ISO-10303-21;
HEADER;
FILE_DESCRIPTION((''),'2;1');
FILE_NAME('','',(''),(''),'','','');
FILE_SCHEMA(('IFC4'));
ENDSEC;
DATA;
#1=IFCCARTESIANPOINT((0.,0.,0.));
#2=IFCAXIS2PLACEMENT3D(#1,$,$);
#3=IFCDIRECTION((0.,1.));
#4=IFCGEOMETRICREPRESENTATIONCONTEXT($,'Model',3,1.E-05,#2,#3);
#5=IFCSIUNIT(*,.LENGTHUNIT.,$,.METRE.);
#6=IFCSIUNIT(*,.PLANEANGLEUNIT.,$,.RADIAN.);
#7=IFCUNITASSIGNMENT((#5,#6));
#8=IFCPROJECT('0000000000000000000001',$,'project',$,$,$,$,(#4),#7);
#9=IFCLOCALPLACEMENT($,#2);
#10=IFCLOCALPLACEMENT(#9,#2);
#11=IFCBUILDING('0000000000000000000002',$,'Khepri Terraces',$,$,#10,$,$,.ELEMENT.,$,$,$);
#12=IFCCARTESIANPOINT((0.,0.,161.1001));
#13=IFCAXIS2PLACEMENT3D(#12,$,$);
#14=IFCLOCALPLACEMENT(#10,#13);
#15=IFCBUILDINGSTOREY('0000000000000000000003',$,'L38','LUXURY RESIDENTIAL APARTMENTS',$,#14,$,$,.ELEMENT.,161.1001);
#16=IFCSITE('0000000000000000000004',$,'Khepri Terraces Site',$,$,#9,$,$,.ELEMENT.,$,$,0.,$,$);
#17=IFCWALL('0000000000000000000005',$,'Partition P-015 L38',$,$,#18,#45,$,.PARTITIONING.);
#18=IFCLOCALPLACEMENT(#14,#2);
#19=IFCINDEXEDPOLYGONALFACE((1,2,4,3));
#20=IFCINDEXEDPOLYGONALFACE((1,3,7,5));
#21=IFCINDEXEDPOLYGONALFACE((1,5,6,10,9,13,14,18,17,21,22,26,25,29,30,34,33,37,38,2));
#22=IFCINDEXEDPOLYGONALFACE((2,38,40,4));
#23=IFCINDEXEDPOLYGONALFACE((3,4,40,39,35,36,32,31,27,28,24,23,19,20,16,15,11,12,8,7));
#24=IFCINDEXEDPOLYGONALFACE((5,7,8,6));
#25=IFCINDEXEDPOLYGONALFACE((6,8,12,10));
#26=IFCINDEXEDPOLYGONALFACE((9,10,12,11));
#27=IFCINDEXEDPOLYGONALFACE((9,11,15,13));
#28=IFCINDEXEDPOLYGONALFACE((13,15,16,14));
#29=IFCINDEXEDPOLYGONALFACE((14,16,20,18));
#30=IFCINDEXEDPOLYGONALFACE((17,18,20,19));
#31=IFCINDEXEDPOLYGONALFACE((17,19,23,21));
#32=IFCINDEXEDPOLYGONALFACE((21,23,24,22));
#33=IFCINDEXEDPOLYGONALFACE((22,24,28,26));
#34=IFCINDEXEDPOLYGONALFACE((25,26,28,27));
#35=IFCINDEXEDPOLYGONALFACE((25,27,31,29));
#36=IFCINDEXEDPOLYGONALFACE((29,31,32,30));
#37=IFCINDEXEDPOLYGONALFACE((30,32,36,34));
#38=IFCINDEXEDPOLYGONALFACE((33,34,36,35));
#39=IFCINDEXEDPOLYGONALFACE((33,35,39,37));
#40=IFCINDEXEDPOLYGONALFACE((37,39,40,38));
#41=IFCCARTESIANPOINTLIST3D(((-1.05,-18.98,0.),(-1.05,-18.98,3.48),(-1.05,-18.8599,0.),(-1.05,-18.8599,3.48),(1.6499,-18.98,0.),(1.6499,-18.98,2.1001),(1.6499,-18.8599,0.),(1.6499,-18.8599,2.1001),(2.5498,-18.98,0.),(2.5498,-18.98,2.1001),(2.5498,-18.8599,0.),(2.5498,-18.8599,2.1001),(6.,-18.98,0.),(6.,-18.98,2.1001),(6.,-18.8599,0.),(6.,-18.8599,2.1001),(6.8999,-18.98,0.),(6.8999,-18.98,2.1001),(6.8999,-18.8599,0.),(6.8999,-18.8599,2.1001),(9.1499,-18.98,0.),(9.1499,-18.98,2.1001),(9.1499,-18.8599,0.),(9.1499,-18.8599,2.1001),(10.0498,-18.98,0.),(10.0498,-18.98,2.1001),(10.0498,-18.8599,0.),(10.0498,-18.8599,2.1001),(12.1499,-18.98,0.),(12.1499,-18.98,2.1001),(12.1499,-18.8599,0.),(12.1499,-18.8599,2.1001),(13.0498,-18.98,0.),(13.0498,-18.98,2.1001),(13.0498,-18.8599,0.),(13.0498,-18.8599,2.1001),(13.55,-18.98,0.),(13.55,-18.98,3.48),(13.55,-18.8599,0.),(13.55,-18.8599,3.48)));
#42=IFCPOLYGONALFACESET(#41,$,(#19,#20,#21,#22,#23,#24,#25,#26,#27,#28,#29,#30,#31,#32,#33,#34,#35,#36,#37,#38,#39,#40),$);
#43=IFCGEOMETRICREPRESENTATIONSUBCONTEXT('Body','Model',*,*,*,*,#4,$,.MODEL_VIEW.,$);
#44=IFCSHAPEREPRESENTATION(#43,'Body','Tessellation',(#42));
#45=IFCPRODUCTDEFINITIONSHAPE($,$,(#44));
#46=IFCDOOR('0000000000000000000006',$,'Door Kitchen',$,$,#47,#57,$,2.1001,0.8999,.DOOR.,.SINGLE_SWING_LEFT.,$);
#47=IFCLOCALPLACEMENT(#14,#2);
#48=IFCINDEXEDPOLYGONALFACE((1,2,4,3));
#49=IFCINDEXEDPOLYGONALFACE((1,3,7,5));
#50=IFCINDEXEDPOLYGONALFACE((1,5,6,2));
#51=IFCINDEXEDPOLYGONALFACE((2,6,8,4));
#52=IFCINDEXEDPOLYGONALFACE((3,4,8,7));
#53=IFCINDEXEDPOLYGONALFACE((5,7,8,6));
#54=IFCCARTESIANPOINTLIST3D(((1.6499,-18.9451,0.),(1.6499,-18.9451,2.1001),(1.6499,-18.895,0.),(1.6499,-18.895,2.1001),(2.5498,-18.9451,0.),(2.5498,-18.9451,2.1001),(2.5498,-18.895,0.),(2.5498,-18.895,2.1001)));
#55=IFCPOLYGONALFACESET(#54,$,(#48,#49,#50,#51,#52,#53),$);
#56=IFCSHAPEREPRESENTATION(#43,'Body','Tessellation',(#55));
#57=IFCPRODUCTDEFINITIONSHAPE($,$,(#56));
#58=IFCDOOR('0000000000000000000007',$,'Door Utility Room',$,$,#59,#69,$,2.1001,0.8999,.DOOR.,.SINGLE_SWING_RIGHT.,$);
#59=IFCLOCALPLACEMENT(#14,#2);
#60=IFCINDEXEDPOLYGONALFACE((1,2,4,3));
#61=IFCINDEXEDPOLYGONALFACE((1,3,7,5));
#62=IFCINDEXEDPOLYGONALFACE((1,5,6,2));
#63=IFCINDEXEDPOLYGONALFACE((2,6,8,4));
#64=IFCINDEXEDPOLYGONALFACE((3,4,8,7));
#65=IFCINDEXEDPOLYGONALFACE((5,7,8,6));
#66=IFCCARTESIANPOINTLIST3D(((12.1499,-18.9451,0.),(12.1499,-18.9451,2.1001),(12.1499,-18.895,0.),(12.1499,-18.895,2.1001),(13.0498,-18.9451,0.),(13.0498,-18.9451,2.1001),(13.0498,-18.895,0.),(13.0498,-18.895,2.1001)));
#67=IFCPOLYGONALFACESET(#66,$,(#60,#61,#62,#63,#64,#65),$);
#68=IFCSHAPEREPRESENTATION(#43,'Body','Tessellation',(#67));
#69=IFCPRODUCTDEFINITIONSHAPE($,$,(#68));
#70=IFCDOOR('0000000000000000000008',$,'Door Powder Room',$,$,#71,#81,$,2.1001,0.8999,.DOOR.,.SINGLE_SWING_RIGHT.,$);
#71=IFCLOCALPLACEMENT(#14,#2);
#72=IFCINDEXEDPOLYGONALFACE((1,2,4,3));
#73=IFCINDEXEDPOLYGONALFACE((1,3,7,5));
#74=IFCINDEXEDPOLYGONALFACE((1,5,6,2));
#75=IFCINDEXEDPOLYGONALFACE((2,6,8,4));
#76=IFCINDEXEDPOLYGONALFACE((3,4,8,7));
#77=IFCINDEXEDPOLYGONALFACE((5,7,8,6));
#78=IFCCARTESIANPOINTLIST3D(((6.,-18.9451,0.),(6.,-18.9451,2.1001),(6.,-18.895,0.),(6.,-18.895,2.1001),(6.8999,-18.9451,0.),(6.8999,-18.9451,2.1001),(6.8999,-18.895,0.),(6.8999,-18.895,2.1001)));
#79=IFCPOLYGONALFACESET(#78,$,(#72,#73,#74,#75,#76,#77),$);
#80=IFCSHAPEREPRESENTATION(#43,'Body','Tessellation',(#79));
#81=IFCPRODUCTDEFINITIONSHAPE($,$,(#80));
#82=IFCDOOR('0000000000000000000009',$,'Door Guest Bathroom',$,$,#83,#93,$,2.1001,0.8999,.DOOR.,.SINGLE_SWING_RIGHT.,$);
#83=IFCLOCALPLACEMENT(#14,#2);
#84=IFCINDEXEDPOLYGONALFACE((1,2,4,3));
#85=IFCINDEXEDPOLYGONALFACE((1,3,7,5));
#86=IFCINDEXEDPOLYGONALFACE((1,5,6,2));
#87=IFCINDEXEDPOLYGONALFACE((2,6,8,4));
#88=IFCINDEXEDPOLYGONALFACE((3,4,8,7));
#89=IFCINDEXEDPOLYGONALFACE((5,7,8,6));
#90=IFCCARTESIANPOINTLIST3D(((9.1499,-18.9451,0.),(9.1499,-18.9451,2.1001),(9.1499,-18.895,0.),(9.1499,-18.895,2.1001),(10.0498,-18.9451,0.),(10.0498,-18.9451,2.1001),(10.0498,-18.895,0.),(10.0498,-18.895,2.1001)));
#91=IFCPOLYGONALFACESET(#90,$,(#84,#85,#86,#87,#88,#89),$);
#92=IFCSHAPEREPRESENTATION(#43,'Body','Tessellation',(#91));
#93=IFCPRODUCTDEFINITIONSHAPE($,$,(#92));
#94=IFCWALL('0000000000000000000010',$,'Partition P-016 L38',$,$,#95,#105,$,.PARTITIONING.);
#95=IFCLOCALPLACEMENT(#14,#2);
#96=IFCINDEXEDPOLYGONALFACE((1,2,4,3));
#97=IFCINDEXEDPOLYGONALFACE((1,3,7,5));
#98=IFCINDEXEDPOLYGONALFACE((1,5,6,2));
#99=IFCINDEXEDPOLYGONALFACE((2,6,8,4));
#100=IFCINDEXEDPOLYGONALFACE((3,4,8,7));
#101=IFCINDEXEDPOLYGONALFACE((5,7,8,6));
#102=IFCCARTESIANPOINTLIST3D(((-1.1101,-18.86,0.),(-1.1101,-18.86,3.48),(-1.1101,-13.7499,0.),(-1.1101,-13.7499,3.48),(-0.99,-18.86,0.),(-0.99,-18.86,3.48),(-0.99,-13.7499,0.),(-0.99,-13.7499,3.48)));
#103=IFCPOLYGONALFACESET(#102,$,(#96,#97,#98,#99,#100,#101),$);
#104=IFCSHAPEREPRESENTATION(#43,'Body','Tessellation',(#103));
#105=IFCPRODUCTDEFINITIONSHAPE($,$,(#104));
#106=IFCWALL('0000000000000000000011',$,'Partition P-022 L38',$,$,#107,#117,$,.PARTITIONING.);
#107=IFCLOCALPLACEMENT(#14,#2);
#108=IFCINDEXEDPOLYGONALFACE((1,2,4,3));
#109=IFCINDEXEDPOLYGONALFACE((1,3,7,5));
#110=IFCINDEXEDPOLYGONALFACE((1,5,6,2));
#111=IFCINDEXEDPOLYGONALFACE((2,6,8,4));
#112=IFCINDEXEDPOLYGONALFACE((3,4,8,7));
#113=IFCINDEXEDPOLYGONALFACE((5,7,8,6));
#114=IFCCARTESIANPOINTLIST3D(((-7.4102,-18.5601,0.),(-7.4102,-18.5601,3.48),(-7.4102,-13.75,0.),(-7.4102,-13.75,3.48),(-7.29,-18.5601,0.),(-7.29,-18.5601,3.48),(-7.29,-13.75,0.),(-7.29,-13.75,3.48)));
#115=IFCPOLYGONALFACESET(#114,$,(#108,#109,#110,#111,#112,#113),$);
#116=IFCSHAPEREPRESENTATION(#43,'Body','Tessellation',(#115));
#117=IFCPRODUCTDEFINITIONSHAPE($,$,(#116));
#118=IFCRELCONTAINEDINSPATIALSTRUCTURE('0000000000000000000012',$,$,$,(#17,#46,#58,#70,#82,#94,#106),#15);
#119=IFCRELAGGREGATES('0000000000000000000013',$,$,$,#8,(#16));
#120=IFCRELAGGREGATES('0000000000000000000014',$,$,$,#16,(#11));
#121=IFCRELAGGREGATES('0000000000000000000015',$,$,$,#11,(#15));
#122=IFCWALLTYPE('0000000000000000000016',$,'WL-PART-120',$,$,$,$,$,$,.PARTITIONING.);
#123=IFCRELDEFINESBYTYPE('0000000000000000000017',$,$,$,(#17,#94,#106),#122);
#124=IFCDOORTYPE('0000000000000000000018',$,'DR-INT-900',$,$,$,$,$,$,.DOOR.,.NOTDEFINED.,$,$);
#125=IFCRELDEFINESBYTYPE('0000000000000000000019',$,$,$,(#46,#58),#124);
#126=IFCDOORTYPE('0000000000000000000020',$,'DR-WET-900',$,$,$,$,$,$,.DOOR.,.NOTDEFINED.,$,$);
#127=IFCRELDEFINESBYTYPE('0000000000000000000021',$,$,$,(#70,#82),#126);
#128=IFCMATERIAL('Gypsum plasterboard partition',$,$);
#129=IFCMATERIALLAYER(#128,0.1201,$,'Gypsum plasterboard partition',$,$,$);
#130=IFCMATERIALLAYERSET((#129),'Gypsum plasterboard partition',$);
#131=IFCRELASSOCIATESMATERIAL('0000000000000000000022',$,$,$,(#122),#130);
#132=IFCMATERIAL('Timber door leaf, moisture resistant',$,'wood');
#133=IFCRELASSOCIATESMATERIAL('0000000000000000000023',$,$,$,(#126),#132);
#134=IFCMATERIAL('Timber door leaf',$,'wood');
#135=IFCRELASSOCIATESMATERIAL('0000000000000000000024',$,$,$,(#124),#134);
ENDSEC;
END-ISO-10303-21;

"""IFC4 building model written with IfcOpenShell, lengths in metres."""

from ifc_helpers import new_model, si_unit, direction, frame, frame_2d, origin, place, context, subcontext, project, spatial, rectangle, extrude, material, layer, layer_set, type_object, element, fill, save


model = new_model("IFC4")

# Units and contexts
model_context = context("Model", 3, precision=1e-05, world=origin(), true_north=direction((0.0, 1.0)))
body_context = subcontext(model_context, "Body", "Model", "MODEL_VIEW")
ifc_project = project(units=[si_unit("LENGTHUNIT", "METRE"), si_unit("PLANEANGLEUNIT", "RADIAN")], contexts=[model_context])

# Site, building, storey
site_placement = place(None, origin())
site = spatial("IfcSite", under=ifc_project, at=site_placement, Name="Khepri Terraces Site", CompositionType="ELEMENT", RefElevation=0.0)
building_placement = place(site_placement, origin())
building = spatial("IfcBuilding", under=site, at=building_placement, Name="Khepri Terraces", CompositionType="ELEMENT")
storey_placement = place(building_placement, frame((0.0, 0.0, 161.1001)))
storey = spatial("IfcBuildingStorey", under=building, at=storey_placement, Name="L38", Description="LUXURY RESIDENTIAL APARTMENTS", CompositionType="ELEMENT", Elevation=161.1001)

# Shared definitions
ifc_material_1 = material(Name="Gypsum plasterboard partition")
ifc_layer_1 = layer(ifc_material_1, 0.1201, Name="Gypsum plasterboard partition")
ifc_layer_set_1 = layer_set([ifc_layer_1], Name="Gypsum plasterboard partition")
wall_type_1 = type_object("IfcWallType", Name="WL-PART-120", PredefinedType="PARTITIONING", material=ifc_layer_set_1)
ifc_material_2 = material(Name="Timber door leaf, moisture resistant", Category="wood")
door_type_1 = type_object("IfcDoorType", Name="DR-WET-900", OperationType="NOTDEFINED", PredefinedType="DOOR", material=ifc_material_2)

# Wall, openings, doors
ifc_material_3 = material(Name="Timber door leaf", Category="wood")
door_type_2 = type_object("IfcDoorType", Name="DR-INT-900", OperationType="NOTDEFINED", PredefinedType="DOOR", material=ifc_material_3)
wall_1_placement = place(storey_placement, frame((-1.05, -18.9199, 0.0), z_axis=(0.0, 0.0, 1.0), x_axis=(1.0, 0.0, 0.0)))
wall_1 = element("IfcWall", 1, at=wall_1_placement, inside=storey, type_object=wall_type_1, Name="Partition P-015 L38", PredefinedType="PARTITIONING", context=body_context, shape_type="SweptSolid", body=[
    extrude(rectangle(XDim=14.6001, YDim=0.1201, at=frame_2d((7.3, 0.0))), origin(), (0.0, 0.0, 1.0), 3.48),
])
opening_1_placement = place(wall_1_placement, frame((2.7, 0.0, 0.0)))
opening_1 = element("IfcOpeningElement", 2, at=opening_1_placement, cuts=wall_1, PredefinedType="OPENING", context=body_context, shape_type="SweptSolid", body=[
    extrude(rectangle(XDim=0.8999, YDim=2.1001, at=frame_2d((0.45, 1.05))), frame((0.0, 0.0701, 0.0), z_axis=(0.0, -1.0, 0.0), x_axis=(1.0, 0.0, 0.0)), (0.0, 0.0, 1.0), 0.1401),
])
opening_2_placement = place(wall_1_placement, frame((7.05, 0.0, 0.0)))
opening_2 = element("IfcOpeningElement", 3, at=opening_2_placement, cuts=wall_1, PredefinedType="OPENING", context=body_context, shape_type="SweptSolid", body=[
    extrude(rectangle(XDim=0.8999, YDim=2.1001, at=frame_2d((0.45, 1.05))), frame((0.0, 0.0701, 0.0), z_axis=(0.0, -1.0, 0.0), x_axis=(1.0, 0.0, 0.0)), (0.0, 0.0, 1.0), 0.1401),
])
opening_3_placement = place(wall_1_placement, frame((10.2, 0.0, 0.0)))
opening_3 = element("IfcOpeningElement", 4, at=opening_3_placement, cuts=wall_1, PredefinedType="OPENING", context=body_context, shape_type="SweptSolid", body=[
    extrude(rectangle(XDim=0.8999, YDim=2.1001, at=frame_2d((0.45, 1.05))), frame((0.0, 0.0701, 0.0), z_axis=(0.0, -1.0, 0.0), x_axis=(1.0, 0.0, 0.0)), (0.0, 0.0, 1.0), 0.1401),
])
opening_4_placement = place(wall_1_placement, frame((13.2, 0.0, 0.0)))
opening_4 = element("IfcOpeningElement", 5, at=opening_4_placement, cuts=wall_1, PredefinedType="OPENING", context=body_context, shape_type="SweptSolid", body=[
    extrude(rectangle(XDim=0.8999, YDim=2.1001, at=frame_2d((0.45, 1.05))), frame((0.0, 0.0701, 0.0), z_axis=(0.0, -1.0, 0.0), x_axis=(1.0, 0.0, 0.0)), (0.0, 0.0, 1.0), 0.1401),
])
door_1_placement = place(opening_1_placement, origin())
door_1 = element("IfcDoor", 6, at=door_1_placement, inside=storey, type_object=door_type_2, Name="Door Kitchen", OperationType="SINGLE_SWING_LEFT", OverallHeight=2.1001, OverallWidth=0.8999, PredefinedType="DOOR", context=body_context, shape_type="SweptSolid", body=[
    extrude(rectangle(XDim=0.8999, YDim=2.1001, at=frame_2d((0.45, 1.05))), frame((0.0, 0.0249, 0.0), z_axis=(0.0, -1.0, 0.0), x_axis=(1.0, 0.0, 0.0)), (0.0, 0.0, 1.0), 0.05),
])
fill(opening_1, door_1)
door_2_placement = place(opening_4_placement, origin())
door_2 = element("IfcDoor", 7, at=door_2_placement, inside=storey, type_object=door_type_2, Name="Door Utility Room", OperationType="SINGLE_SWING_RIGHT", OverallHeight=2.1001, OverallWidth=0.8999, PredefinedType="DOOR", context=body_context, shape_type="SweptSolid", body=[
    extrude(rectangle(XDim=0.8999, YDim=2.1001, at=frame_2d((0.45, 1.05))), frame((0.0, 0.0249, 0.0), z_axis=(0.0, -1.0, 0.0), x_axis=(1.0, 0.0, 0.0)), (0.0, 0.0, 1.0), 0.05),
])
fill(opening_4, door_2)
door_3_placement = place(opening_2_placement, origin())
door_3 = element("IfcDoor", 8, at=door_3_placement, inside=storey, type_object=door_type_1, Name="Door Powder Room", OperationType="SINGLE_SWING_RIGHT", OverallHeight=2.1001, OverallWidth=0.8999, PredefinedType="DOOR", context=body_context, shape_type="SweptSolid", body=[
    extrude(rectangle(XDim=0.8999, YDim=2.1001, at=frame_2d((0.45, 1.05))), frame((0.0, 0.0249, 0.0), z_axis=(0.0, -1.0, 0.0), x_axis=(1.0, 0.0, 0.0)), (0.0, 0.0, 1.0), 0.05),
])
fill(opening_2, door_3)
door_4_placement = place(opening_3_placement, origin())
door_4 = element("IfcDoor", 9, at=door_4_placement, inside=storey, type_object=door_type_1, Name="Door Guest Bathroom", OperationType="SINGLE_SWING_RIGHT", OverallHeight=2.1001, OverallWidth=0.8999, PredefinedType="DOOR", context=body_context, shape_type="SweptSolid", body=[
    extrude(rectangle(XDim=0.8999, YDim=2.1001, at=frame_2d((0.45, 1.05))), frame((0.0, 0.0249, 0.0), z_axis=(0.0, -1.0, 0.0), x_axis=(1.0, 0.0, 0.0)), (0.0, 0.0, 1.0), 0.05),
])
fill(opening_3, door_4)

# Walls
wall_2_placement = place(storey_placement, frame((-1.05, -18.8601, 0.0), z_axis=(0.0, 0.0, 1.0), x_axis=(0.0, 1.0, 0.0)))
element("IfcWall", 10, at=wall_2_placement, inside=storey, type_object=wall_type_1, Name="Partition P-016 L38", PredefinedType="PARTITIONING", context=body_context, shape_type="SweptSolid", body=[
    extrude(rectangle(XDim=5.1101, YDim=0.1201, at=frame_2d((2.5552, 0.0))), origin(), (0.0, 0.0, 1.0), 3.48),
])
wall_3_placement = place(storey_placement, frame((-7.3501, -18.5601, 0.0), z_axis=(0.0, 0.0, 1.0), x_axis=(0.0, 1.0, 0.0)))
element("IfcWall", 11, at=wall_3_placement, inside=storey, type_object=wall_type_1, Name="Partition P-022 L38", PredefinedType="PARTITIONING", context=body_context, shape_type="SweptSolid", body=[
    extrude(rectangle(XDim=4.8101, YDim=0.1201, at=frame_2d((2.405, 0.0))), origin(), (0.0, 0.0, 1.0), 3.48),
])

save(model, "model.ifc")
